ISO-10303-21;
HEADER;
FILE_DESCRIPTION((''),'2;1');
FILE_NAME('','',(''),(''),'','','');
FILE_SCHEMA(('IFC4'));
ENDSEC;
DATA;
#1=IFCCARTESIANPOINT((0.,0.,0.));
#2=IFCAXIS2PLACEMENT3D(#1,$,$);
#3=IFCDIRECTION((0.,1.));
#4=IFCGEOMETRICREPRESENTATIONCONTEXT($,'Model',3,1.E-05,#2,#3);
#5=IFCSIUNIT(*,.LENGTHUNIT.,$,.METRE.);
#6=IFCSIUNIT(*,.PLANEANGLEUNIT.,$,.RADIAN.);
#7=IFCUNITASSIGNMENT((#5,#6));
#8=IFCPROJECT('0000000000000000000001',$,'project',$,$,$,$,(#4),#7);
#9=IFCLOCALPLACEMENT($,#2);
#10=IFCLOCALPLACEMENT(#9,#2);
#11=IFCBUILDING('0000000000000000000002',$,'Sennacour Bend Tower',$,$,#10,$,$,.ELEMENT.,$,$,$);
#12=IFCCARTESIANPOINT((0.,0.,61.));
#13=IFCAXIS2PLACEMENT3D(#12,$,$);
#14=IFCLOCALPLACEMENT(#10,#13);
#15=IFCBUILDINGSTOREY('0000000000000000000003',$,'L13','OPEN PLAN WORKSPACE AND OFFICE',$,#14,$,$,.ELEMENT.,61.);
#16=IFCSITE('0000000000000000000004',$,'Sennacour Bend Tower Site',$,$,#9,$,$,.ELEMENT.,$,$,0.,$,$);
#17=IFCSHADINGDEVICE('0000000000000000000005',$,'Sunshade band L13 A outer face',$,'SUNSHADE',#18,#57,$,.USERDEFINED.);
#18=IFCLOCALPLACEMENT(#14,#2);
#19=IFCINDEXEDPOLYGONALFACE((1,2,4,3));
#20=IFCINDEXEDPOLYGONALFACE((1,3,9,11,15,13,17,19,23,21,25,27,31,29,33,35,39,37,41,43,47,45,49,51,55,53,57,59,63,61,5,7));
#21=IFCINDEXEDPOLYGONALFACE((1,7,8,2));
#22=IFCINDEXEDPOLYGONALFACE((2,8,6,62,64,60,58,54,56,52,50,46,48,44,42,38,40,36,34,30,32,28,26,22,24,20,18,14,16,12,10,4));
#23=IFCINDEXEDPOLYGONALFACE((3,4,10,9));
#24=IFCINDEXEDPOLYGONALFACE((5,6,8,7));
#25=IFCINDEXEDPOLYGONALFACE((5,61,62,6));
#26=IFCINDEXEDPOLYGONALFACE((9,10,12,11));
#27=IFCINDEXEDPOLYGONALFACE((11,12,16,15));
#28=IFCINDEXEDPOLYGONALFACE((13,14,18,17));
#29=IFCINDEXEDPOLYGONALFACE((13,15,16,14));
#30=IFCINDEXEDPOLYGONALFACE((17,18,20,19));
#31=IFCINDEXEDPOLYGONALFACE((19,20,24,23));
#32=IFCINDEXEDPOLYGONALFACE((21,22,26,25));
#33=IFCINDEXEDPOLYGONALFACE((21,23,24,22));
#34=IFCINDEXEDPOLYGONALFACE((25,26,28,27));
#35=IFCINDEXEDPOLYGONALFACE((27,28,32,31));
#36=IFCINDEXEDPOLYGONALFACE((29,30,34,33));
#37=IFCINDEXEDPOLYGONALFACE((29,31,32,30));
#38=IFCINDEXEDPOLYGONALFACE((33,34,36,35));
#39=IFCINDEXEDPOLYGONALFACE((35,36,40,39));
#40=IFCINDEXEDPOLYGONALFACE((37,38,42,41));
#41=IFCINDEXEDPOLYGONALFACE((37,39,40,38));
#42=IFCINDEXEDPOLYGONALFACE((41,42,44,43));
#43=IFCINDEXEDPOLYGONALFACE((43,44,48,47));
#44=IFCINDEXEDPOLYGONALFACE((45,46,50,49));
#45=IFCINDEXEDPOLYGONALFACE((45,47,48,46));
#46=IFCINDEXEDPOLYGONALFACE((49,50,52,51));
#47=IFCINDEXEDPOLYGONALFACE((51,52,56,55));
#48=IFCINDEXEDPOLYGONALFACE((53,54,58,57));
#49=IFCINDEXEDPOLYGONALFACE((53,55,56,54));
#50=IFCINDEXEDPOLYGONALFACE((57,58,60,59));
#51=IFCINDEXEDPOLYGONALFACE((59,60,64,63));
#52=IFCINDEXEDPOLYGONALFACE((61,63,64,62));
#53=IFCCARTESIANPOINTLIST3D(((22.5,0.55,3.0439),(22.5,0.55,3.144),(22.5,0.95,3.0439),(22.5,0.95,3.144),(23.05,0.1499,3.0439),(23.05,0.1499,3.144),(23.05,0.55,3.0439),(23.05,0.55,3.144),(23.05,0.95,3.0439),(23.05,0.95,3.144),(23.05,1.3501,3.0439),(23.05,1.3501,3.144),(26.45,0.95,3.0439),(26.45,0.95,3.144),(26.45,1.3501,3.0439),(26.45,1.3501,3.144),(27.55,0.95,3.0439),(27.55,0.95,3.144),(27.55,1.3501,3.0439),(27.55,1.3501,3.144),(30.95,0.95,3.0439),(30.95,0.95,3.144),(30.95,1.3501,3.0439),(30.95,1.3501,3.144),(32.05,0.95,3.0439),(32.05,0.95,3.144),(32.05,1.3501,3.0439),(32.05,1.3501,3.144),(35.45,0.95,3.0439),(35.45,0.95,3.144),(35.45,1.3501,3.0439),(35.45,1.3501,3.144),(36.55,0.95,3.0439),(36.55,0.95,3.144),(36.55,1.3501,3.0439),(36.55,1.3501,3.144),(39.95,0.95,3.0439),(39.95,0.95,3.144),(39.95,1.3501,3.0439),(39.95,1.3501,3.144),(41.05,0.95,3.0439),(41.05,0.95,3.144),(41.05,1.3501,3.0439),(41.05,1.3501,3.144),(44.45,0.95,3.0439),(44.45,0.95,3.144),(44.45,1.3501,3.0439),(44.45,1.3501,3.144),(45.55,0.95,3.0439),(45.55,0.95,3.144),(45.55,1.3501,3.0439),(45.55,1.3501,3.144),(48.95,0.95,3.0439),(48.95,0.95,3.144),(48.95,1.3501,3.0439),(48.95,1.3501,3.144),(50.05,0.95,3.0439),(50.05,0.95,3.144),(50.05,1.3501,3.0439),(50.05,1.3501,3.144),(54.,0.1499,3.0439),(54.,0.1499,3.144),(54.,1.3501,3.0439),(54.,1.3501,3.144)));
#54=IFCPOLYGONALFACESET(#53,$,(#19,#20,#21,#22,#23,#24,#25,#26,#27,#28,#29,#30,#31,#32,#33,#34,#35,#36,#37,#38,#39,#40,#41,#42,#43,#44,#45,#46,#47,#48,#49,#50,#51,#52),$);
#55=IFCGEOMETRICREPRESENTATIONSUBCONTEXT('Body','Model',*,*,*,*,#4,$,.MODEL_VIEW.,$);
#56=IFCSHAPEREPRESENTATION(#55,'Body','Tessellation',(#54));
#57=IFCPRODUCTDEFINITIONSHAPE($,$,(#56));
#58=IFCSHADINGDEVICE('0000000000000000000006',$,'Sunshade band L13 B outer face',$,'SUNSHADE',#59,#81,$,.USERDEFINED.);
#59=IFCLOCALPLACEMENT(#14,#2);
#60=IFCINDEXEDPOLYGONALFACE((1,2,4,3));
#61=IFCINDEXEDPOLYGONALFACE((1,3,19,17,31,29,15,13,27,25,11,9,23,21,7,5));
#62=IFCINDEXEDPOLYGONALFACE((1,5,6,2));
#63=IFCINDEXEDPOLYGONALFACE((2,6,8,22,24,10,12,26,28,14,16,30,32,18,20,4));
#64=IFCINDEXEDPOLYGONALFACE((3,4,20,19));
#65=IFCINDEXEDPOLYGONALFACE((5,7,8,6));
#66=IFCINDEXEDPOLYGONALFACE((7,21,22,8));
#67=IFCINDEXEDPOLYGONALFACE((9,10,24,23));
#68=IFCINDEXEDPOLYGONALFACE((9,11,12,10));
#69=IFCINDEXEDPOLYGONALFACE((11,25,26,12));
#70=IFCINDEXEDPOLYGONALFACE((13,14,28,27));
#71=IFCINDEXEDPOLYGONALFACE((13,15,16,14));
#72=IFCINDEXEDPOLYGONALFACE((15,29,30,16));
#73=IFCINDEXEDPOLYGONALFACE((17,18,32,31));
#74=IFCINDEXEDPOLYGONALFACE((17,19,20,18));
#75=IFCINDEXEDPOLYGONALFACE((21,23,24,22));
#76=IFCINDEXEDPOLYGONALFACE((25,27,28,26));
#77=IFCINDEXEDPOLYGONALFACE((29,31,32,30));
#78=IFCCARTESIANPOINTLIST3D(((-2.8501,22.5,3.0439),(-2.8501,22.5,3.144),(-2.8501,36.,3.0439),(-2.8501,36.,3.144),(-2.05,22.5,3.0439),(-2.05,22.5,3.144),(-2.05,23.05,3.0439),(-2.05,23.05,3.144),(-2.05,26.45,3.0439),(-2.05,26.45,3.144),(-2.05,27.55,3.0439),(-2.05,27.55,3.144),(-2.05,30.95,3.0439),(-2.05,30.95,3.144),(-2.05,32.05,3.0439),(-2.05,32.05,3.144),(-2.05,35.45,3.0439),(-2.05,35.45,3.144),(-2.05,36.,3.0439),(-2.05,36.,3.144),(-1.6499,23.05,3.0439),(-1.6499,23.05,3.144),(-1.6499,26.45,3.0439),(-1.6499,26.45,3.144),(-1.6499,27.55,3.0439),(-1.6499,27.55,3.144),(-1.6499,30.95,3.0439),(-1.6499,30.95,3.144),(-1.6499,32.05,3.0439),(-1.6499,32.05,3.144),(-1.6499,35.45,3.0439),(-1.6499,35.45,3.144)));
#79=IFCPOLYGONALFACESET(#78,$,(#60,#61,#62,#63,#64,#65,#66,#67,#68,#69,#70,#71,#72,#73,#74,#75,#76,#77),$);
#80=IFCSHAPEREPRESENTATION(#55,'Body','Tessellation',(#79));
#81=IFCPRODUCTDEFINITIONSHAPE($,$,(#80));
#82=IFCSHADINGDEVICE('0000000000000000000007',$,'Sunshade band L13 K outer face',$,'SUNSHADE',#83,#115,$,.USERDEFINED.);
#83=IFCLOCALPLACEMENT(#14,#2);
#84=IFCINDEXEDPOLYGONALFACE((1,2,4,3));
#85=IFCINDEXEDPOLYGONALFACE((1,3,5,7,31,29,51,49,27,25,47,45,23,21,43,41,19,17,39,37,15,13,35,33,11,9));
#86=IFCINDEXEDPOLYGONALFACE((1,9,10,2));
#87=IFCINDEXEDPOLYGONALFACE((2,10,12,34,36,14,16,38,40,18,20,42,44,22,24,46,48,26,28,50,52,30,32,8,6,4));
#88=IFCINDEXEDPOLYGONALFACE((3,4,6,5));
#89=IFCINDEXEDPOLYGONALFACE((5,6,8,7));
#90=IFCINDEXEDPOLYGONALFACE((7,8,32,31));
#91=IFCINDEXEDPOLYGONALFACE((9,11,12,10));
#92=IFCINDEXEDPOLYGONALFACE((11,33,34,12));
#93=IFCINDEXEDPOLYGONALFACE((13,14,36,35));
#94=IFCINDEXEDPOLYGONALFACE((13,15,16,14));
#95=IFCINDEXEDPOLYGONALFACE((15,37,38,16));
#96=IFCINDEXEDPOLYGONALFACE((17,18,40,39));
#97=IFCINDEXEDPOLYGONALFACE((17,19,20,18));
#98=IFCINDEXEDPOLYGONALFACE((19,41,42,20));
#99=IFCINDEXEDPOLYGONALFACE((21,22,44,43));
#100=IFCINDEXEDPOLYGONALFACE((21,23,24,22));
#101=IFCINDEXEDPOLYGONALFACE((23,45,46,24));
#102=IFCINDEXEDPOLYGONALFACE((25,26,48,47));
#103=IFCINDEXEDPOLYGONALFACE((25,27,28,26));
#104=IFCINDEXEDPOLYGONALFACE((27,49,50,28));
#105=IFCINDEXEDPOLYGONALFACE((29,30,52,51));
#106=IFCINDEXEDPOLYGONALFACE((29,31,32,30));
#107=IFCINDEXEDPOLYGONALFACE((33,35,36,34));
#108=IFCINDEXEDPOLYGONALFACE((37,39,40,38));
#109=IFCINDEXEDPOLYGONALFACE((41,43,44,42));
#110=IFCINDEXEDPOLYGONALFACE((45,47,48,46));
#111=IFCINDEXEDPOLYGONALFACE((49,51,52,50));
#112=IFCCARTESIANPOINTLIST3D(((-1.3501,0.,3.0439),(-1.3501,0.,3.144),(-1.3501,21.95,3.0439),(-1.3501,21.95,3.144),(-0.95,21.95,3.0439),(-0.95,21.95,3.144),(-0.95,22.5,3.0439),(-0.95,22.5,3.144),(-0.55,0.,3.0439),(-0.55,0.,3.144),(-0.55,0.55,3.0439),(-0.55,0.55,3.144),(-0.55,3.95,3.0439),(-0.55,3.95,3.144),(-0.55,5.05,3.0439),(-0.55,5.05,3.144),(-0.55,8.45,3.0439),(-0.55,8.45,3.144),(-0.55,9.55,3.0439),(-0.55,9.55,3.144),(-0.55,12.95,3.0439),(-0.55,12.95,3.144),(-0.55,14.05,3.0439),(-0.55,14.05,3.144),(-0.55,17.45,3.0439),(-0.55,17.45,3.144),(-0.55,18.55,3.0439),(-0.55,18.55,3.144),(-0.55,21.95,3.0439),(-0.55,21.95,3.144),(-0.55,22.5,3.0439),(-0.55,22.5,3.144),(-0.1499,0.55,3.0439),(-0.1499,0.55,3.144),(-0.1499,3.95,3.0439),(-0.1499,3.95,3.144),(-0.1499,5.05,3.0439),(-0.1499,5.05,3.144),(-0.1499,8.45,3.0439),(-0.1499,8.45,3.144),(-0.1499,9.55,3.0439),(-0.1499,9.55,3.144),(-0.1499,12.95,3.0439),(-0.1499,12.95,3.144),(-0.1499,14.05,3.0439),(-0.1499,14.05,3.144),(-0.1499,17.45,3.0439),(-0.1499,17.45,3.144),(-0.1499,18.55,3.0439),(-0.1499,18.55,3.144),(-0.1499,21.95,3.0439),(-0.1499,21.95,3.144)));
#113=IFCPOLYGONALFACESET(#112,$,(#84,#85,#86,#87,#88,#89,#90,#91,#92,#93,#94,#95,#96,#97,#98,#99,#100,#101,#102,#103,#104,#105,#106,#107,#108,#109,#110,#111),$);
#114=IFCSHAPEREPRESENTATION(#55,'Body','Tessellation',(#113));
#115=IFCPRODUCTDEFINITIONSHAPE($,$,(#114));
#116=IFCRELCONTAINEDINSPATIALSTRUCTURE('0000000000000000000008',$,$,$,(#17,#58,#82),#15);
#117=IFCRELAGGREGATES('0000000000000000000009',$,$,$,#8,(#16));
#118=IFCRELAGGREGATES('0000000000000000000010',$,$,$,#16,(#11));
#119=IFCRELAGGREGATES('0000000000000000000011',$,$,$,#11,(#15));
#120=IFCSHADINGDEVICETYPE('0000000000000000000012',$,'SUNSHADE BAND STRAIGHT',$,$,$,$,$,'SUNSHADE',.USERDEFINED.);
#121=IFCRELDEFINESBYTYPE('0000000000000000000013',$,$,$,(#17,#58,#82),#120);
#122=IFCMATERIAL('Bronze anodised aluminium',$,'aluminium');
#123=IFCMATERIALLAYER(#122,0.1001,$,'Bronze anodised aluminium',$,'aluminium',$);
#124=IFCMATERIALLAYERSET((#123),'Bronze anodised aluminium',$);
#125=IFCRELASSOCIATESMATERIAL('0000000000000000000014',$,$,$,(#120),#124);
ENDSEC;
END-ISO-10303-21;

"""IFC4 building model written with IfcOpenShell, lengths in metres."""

from ifc_helpers import new_model, si_unit, direction, frame, origin, place, context, subcontext, project, spatial, polyline, outline, extrude, material, layer, layer_set, type_object, element, save


model = new_model("IFC4")

# Units and contexts
model_context = context("Model", 3, precision=1e-05, world=origin(), true_north=direction((0.0, 1.0)))
body_context = subcontext(model_context, "Body", "Model", "MODEL_VIEW")
ifc_project = project(units=[si_unit("LENGTHUNIT", "METRE"), si_unit("PLANEANGLEUNIT", "RADIAN")], contexts=[model_context])

# Site, building, storey
site_placement = place(None, origin())
site = spatial("IfcSite", under=ifc_project, at=site_placement, Name="Sennacour Bend Tower Site", CompositionType="ELEMENT", RefElevation=0.0)
building_placement = place(site_placement, origin())
building = spatial("IfcBuilding", under=site, at=building_placement, Name="Sennacour Bend Tower", CompositionType="ELEMENT")
storey_placement = place(building_placement, frame((0.0, 0.0, 61.0)))
storey = spatial("IfcBuildingStorey", under=building, at=storey_placement, Name="L13", Description="OPEN PLAN WORKSPACE AND OFFICE", CompositionType="ELEMENT", Elevation=61.0)

# Shading devices
ifc_material_1 = material(Name="Bronze anodised aluminium", Category="aluminium")
ifc_layer_1 = layer(ifc_material_1, 0.1001, Name="Bronze anodised aluminium", Category="aluminium")
ifc_layer_set_1 = layer_set([ifc_layer_1], Name="Bronze anodised aluminium")
shading_device_type_1 = type_object("IfcShadingDeviceType", Name="SUNSHADE BAND STRAIGHT", ElementType="SUNSHADE", PredefinedType="USERDEFINED", material=ifc_layer_set_1)
shading_device_1_placement = place(storey_placement, frame((0.0, 0.0, 3.0439)))
element("IfcShadingDevice", 1, at=shading_device_1_placement, inside=storey, type_object=shading_device_type_1, Name="Sunshade band L13 A outer face", ObjectType="SUNSHADE", PredefinedType="USERDEFINED", context=body_context, shape_type="SweptSolid", body=[
    extrude(outline(polyline([(26.45, 1.3501), (26.45, 0.95), (27.55, 0.95), (27.55, 1.3501), (30.95, 1.3501), (30.95, 0.95), (32.05, 0.95), (32.05, 1.3501), (35.45, 1.3501), (35.45, 0.95), (36.55, 0.95), (36.55, 1.3501), (39.95, 1.3501), (39.95, 0.95), (41.05, 0.95), (41.05, 1.3501), (44.45, 1.3501), (44.45, 0.95), (45.55, 0.95), (45.55, 1.3501), (48.95, 1.3501), (48.95, 0.95), (50.05, 0.95), (50.05, 1.3501), (54.0, 1.3501), (54.0, 0.1499), (23.05, 0.1499), (23.05, 0.55), (22.5, 0.55), (22.5, 0.95), (23.05, 0.95), (23.05, 1.3501), (26.45, 1.3501)])), origin(), (0.0, 0.0, 1.0), 0.1001),
])
shading_device_2_placement = place(storey_placement, frame((0.0, 0.0, 3.0439)))
element("IfcShadingDevice", 2, at=shading_device_2_placement, inside=storey, type_object=shading_device_type_1, Name="Sunshade band L13 B outer face", ObjectType="SUNSHADE", PredefinedType="USERDEFINED", context=body_context, shape_type="SweptSolid", body=[
    extrude(outline(polyline([(-1.6499, 32.05), (-2.05, 32.05), (-2.05, 30.95), (-1.6499, 30.95), (-1.6499, 27.55), (-2.05, 27.55), (-2.05, 26.45), (-1.6499, 26.45), (-1.6499, 23.05), (-2.05, 23.05), (-2.05, 22.5), (-2.8501, 22.5), (-2.8501, 36.0), (-2.05, 36.0), (-2.05, 35.45), (-1.6499, 35.45), (-1.6499, 32.05)])), origin(), (0.0, 0.0, 1.0), 0.1001),
])
shading_device_3_placement = place(storey_placement, frame((0.0, 0.0, 3.0439)))
element("IfcShadingDevice", 3, at=shading_device_3_placement, inside=storey, type_object=shading_device_type_1, Name="Sunshade band L13 K outer face", ObjectType="SUNSHADE", PredefinedType="USERDEFINED", context=body_context, shape_type="SweptSolid", body=[
    extrude(outline(polyline([(-0.1499, 18.55), (-0.55, 18.55), (-0.55, 17.45), (-0.1499, 17.45), (-0.1499, 14.05), (-0.55, 14.05), (-0.55, 12.95), (-0.1499, 12.95), (-0.1499, 9.55), (-0.55, 9.55), (-0.55, 8.45), (-0.1499, 8.45), (-0.1499, 5.05), (-0.55, 5.05), (-0.55, 3.95), (-0.1499, 3.95), (-0.1499, 0.55), (-0.55, 0.55), (-0.55, 0.0), (-1.3501, 0.0), (-1.3501, 21.95), (-0.95, 21.95), (-0.95, 22.5), (-0.55, 22.5), (-0.55, 21.95), (-0.1499, 21.95), (-0.1499, 18.55)])), origin(), (0.0, 0.0, 1.0), 0.1001),
])

save(model, "model.ifc")
